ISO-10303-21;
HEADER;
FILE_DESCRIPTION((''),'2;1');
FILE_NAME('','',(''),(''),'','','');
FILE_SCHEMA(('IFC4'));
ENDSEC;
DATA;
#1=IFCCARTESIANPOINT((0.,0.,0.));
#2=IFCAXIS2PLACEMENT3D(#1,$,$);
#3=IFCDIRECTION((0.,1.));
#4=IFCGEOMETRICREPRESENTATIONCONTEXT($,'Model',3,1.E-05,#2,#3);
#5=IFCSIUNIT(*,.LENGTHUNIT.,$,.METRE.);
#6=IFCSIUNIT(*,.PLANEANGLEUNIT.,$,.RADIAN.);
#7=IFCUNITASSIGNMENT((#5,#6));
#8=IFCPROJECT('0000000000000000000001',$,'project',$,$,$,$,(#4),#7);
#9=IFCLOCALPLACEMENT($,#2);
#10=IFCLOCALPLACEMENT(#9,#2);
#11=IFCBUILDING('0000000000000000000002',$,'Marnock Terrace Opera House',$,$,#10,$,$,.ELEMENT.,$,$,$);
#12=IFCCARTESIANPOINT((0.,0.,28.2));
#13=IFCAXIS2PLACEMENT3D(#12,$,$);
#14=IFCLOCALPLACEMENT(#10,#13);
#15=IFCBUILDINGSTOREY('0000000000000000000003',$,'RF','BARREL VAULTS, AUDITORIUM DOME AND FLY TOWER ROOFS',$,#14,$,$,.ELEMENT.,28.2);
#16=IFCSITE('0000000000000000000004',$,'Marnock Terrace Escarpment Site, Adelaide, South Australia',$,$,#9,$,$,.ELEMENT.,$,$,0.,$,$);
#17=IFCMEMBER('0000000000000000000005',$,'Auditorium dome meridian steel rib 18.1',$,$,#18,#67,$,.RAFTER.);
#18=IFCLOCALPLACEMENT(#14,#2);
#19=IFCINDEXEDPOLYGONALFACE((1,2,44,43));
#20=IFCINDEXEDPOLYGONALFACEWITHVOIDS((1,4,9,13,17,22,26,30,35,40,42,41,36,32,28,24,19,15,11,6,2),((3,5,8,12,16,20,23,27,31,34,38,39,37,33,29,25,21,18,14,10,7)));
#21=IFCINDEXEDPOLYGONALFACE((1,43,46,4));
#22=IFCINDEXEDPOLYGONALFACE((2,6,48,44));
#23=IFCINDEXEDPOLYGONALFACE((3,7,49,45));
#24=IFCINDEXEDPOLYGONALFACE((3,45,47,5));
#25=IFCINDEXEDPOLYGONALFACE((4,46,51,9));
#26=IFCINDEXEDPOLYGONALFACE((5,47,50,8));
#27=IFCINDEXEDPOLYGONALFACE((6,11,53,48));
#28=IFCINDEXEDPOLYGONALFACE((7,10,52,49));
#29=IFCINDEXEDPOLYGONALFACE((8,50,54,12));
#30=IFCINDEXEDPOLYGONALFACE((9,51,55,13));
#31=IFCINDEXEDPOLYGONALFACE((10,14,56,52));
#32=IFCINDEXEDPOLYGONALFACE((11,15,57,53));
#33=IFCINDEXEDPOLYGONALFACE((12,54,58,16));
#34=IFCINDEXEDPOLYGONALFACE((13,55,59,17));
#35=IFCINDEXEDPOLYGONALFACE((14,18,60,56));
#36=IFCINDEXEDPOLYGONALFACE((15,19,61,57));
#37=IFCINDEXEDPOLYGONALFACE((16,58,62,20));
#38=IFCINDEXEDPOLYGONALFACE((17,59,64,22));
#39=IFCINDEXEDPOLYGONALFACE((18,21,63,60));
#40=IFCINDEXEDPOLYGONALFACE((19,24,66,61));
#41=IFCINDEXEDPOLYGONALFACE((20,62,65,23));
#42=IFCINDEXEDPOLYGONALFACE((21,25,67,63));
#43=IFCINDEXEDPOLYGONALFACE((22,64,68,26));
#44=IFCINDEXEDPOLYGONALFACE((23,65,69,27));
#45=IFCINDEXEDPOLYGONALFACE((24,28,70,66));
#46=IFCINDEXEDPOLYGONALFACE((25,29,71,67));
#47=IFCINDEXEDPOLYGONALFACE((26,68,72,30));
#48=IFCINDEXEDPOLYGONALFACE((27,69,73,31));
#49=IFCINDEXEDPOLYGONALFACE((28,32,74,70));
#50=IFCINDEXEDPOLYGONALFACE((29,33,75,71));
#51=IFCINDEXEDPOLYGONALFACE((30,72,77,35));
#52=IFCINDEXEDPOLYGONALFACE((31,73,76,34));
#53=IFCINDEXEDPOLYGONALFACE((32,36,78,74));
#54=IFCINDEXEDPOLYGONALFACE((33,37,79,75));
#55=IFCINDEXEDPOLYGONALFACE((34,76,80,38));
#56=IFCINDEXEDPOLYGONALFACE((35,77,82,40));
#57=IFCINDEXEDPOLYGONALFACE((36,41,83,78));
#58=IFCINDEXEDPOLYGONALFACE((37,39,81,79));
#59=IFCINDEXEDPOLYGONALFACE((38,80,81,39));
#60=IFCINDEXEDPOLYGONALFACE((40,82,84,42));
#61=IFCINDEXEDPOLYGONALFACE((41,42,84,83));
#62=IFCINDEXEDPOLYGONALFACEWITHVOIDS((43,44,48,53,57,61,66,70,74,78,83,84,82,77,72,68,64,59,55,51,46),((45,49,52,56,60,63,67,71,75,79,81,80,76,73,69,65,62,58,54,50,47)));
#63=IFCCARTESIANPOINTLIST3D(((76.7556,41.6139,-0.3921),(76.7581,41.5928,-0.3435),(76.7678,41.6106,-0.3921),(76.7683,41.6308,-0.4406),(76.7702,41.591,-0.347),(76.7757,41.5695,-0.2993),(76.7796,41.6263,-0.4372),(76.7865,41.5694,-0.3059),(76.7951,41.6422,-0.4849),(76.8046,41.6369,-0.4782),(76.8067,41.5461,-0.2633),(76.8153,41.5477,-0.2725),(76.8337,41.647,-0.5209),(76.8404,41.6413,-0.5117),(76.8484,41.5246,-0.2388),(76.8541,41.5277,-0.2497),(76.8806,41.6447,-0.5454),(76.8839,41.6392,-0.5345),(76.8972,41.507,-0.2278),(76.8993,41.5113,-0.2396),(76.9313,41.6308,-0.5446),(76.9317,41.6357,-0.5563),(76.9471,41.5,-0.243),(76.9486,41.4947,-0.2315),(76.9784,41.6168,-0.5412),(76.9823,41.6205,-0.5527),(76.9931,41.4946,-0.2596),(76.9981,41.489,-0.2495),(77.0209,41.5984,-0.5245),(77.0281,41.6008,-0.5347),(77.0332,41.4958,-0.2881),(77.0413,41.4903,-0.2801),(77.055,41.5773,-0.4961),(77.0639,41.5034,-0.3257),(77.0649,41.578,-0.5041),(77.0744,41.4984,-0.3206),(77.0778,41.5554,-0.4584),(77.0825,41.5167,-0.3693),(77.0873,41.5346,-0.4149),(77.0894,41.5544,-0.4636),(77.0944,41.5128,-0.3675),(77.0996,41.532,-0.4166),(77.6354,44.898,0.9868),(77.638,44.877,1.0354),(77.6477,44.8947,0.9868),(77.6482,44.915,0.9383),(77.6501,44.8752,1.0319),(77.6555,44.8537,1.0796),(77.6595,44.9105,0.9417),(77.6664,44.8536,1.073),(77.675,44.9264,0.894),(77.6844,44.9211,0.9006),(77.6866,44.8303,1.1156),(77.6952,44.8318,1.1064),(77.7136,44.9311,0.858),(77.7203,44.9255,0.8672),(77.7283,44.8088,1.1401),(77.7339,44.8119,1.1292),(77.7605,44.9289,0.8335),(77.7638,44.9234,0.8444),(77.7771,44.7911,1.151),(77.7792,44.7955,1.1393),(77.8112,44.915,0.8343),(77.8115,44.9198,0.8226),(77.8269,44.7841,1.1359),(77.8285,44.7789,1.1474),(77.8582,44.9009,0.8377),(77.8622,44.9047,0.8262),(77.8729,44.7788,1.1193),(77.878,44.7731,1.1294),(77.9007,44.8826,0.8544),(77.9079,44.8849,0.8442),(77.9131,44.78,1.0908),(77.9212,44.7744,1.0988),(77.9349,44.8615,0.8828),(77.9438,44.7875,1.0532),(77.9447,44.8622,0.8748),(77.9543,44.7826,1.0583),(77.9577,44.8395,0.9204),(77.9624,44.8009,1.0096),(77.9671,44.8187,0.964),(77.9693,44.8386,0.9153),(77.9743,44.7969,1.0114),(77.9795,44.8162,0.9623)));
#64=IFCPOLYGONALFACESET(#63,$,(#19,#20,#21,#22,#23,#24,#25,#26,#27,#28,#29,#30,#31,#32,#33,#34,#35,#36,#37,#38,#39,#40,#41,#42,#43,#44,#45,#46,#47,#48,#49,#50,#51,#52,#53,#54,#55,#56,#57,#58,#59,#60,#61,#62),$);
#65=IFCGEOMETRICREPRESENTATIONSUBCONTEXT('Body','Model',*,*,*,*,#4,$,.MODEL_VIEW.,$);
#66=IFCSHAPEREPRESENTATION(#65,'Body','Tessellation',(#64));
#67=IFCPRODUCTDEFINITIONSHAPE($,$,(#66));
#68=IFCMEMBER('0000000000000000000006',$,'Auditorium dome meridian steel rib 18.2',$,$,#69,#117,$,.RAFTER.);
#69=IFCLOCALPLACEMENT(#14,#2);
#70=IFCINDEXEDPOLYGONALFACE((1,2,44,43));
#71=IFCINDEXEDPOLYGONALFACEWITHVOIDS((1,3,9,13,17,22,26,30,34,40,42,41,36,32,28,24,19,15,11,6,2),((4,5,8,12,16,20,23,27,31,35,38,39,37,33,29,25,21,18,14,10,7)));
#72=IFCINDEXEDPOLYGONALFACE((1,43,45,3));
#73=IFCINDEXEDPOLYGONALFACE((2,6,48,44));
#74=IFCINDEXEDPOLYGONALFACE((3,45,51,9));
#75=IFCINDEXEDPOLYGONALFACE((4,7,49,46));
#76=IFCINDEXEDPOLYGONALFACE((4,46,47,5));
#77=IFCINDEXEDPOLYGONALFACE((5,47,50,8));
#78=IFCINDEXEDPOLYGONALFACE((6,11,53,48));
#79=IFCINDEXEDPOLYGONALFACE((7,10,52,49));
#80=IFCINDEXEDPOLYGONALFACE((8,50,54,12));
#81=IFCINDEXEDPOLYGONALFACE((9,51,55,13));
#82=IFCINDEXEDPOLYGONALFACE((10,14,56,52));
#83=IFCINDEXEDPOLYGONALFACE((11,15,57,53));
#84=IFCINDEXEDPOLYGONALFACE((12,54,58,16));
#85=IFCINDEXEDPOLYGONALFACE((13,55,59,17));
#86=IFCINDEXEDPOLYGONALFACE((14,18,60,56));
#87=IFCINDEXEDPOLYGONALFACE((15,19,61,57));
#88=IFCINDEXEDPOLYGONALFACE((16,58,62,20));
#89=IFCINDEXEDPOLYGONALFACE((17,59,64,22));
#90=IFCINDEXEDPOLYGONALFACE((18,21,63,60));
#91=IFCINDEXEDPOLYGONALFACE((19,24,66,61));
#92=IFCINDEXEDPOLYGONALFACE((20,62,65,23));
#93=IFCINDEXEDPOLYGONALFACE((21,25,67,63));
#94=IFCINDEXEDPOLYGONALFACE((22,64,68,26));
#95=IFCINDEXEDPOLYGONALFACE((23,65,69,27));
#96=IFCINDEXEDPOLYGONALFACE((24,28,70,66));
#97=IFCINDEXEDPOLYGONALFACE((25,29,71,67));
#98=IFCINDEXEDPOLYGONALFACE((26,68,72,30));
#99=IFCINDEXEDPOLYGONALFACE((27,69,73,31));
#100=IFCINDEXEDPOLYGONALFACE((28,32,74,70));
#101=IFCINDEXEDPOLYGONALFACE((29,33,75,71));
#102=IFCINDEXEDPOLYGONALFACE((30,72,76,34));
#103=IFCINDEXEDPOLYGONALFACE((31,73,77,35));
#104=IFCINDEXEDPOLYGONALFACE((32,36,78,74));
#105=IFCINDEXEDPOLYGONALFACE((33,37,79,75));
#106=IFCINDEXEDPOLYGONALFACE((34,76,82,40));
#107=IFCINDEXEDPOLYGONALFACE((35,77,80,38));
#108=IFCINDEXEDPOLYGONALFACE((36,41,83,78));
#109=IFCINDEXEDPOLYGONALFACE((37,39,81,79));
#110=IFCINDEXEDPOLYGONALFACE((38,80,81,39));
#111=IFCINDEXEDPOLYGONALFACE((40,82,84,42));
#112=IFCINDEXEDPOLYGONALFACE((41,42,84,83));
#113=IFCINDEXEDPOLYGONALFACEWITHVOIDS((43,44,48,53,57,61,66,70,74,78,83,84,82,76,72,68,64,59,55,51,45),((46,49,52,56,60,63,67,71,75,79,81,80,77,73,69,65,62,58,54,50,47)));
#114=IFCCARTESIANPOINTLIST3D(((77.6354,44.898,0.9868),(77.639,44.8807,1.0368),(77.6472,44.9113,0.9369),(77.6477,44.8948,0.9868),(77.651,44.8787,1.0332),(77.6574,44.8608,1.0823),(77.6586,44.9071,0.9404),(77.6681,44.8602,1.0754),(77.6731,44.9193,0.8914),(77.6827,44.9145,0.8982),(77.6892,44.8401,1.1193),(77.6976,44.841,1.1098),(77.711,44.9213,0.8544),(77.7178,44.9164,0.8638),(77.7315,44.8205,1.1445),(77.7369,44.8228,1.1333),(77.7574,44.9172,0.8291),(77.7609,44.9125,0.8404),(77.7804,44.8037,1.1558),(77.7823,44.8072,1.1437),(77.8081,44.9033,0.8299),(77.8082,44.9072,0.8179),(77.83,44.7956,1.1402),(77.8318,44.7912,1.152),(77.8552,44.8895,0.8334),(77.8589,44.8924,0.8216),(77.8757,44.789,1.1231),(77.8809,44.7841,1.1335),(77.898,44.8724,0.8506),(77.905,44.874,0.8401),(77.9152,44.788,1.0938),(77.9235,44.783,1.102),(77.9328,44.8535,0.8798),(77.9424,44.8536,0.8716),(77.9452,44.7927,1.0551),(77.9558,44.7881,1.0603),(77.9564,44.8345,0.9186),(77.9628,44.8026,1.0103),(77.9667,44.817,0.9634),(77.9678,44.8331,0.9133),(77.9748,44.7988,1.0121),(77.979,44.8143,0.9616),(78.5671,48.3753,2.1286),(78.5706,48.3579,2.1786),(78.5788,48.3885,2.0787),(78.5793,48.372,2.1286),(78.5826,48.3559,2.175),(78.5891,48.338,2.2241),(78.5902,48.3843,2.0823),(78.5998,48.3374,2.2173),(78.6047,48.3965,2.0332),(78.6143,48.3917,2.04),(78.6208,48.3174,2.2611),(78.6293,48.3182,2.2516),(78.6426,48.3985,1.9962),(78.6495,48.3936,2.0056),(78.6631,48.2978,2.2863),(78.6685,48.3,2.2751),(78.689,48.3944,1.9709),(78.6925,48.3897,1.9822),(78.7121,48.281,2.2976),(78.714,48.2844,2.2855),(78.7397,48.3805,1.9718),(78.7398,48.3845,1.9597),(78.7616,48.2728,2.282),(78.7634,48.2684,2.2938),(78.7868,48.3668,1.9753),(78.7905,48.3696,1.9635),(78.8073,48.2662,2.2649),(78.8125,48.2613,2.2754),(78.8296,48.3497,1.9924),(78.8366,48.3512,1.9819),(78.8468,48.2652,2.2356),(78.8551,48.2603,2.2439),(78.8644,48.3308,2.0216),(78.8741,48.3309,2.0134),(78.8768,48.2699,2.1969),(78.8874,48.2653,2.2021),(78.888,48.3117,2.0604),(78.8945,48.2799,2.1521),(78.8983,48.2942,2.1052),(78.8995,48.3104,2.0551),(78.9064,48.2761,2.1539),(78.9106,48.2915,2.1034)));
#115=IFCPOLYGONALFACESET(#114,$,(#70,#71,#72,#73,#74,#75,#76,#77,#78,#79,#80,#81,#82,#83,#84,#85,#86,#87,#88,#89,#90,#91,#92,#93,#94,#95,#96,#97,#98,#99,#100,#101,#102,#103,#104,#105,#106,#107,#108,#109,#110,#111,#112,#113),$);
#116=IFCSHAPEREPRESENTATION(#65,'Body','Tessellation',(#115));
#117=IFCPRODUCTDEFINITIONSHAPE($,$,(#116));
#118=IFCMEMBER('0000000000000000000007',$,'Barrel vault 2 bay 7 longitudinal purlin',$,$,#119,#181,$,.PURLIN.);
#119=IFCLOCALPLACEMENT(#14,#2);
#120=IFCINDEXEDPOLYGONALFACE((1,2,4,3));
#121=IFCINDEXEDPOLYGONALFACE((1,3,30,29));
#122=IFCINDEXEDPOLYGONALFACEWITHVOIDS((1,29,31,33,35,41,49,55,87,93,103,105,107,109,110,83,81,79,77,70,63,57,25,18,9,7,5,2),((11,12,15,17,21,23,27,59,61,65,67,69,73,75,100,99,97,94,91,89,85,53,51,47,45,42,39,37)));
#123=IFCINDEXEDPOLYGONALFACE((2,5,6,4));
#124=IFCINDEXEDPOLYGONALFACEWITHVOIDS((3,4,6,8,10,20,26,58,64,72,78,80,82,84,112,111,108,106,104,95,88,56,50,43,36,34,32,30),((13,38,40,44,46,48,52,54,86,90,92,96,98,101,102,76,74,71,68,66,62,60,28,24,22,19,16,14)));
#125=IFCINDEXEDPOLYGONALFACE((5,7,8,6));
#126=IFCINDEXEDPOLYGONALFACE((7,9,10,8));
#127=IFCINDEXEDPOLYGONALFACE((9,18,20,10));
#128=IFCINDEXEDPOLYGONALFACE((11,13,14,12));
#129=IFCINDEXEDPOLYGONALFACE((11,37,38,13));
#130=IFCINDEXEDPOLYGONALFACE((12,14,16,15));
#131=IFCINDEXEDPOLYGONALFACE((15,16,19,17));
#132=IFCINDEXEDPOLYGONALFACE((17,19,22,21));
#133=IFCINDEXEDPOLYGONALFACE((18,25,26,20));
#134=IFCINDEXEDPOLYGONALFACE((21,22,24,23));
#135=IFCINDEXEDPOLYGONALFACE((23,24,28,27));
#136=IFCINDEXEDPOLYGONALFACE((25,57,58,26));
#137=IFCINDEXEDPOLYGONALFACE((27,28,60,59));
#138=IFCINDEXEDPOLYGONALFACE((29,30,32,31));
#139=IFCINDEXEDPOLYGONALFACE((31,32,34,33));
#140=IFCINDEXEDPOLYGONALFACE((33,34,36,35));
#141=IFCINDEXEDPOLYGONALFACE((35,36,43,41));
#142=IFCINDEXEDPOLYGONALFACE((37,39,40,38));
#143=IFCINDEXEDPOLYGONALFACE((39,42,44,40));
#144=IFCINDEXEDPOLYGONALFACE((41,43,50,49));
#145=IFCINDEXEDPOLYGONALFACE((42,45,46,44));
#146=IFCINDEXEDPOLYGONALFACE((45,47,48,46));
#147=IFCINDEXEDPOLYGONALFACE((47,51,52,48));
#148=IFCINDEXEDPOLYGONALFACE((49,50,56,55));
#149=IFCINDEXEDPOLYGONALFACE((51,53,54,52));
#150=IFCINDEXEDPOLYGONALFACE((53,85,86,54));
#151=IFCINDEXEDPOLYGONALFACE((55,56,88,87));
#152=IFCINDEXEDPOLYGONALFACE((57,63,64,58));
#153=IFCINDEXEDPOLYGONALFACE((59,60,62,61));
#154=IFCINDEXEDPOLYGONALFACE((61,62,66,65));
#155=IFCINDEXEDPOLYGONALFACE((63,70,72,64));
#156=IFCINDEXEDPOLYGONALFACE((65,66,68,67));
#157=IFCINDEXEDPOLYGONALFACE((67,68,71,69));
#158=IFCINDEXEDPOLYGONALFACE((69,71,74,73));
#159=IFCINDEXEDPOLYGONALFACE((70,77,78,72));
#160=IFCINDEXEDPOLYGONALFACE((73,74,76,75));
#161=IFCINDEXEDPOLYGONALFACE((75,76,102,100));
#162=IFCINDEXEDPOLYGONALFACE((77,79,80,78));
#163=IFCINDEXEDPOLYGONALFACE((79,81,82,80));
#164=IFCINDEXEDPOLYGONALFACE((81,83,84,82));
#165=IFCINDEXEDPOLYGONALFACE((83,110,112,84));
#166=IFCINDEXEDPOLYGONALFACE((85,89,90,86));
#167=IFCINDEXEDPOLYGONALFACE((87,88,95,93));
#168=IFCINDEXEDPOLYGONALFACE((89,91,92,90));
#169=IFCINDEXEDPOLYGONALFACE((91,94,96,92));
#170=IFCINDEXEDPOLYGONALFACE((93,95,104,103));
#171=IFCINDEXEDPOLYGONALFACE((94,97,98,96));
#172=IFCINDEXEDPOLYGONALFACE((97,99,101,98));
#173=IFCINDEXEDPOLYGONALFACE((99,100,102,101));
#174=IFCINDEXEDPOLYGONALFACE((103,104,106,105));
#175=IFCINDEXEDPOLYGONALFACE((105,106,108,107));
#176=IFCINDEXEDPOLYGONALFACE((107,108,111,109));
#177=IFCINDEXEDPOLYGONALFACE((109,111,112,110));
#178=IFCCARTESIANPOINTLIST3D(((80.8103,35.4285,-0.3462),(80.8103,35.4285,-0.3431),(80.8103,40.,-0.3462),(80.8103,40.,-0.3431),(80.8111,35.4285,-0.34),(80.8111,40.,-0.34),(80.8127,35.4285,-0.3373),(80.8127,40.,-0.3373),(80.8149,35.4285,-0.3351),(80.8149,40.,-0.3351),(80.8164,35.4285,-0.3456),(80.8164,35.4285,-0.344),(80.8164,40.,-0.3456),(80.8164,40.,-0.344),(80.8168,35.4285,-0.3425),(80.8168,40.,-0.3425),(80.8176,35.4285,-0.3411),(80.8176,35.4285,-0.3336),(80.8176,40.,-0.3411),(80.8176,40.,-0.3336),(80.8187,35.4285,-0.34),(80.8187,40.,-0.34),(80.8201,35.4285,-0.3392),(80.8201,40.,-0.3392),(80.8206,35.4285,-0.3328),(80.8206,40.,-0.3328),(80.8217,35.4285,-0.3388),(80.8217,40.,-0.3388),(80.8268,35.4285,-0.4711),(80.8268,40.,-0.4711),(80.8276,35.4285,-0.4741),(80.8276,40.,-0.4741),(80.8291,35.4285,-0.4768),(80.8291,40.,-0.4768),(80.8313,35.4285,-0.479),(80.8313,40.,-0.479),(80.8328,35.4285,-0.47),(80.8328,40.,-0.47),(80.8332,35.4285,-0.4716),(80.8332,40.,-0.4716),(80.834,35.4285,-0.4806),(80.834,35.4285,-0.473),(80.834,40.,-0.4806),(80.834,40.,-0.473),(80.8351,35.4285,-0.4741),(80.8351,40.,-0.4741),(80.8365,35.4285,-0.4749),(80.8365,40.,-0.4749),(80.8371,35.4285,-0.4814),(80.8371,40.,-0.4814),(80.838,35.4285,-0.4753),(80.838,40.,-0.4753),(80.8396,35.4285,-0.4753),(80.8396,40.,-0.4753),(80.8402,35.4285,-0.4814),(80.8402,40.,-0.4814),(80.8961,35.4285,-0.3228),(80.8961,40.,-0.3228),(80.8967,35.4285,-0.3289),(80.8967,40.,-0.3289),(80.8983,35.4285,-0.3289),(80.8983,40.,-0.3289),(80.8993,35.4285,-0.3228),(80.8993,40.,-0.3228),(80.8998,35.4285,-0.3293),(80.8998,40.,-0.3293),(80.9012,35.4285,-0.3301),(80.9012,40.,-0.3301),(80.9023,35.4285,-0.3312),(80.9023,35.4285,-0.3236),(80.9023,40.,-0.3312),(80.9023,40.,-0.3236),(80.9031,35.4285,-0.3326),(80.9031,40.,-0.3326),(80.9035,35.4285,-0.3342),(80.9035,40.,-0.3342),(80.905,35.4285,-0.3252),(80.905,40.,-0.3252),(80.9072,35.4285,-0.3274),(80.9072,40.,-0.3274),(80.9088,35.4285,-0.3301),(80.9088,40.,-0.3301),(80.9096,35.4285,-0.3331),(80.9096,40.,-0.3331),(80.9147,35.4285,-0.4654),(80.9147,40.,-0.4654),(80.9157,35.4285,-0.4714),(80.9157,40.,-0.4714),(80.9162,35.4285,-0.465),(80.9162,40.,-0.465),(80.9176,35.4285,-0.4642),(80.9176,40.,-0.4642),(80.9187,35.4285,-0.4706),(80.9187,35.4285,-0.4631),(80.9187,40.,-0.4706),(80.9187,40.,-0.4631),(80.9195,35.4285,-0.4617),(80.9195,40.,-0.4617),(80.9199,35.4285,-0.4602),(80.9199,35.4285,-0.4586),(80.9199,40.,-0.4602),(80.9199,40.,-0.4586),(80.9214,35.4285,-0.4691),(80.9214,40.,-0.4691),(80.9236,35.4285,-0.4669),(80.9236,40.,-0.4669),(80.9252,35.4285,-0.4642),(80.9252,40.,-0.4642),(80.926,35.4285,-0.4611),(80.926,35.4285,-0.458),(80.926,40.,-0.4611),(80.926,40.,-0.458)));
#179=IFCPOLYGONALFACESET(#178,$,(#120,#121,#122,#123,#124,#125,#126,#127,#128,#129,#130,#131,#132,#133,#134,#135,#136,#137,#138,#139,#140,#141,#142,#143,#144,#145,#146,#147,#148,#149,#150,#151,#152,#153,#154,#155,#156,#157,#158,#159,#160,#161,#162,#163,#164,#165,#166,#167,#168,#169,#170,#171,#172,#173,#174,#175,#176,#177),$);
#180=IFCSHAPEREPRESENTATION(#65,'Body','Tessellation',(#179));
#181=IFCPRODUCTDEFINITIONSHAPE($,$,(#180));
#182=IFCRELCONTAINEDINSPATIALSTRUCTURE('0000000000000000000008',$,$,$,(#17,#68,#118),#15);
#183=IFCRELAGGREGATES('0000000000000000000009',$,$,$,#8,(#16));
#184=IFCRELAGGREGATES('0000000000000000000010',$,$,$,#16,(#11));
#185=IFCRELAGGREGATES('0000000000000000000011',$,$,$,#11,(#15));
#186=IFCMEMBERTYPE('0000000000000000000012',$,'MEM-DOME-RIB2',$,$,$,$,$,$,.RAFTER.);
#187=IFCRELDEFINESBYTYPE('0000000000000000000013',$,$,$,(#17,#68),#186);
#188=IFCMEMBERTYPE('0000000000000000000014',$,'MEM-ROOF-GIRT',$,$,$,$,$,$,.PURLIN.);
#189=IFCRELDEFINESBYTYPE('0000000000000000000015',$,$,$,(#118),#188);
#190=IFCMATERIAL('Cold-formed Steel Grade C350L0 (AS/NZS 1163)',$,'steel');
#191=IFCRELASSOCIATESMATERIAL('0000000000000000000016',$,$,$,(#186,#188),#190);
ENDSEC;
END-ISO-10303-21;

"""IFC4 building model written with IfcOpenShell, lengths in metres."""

from ifc_helpers import new_model, si_unit, direction, frame, origin, origin_2d, place, context, subcontext, project, spatial, hollow_rectangle, hollow_circle, extrude, material, material_profile, profile_set, type_object, element, save


model = new_model("IFC4")

# Units and contexts
model_context = context("Model", 3, precision=1e-05, world=origin(), true_north=direction((0.0, 1.0)))
body_context = subcontext(model_context, "Body", "Model", "MODEL_VIEW")
ifc_project = project(units=[si_unit("LENGTHUNIT", "METRE"), si_unit("PLANEANGLEUNIT", "RADIAN")], contexts=[model_context])

# Site, building, storey
site_placement = place(None, origin())
site = spatial("IfcSite", under=ifc_project, at=site_placement, Name="Marnock Terrace Escarpment Site, Adelaide, South Australia", CompositionType="ELEMENT", RefElevation=0.0)
building_placement = place(site_placement, origin())
building = spatial("IfcBuilding", under=site, at=building_placement, Name="Marnock Terrace Opera House", CompositionType="ELEMENT")
storey_placement = place(building_placement, frame((0.0, 0.0, 28.2)))
storey = spatial("IfcBuildingStorey", under=building, at=storey_placement, Name="RF", Description="BARREL VAULTS, AUDITORIUM DOME AND FLY TOWER ROOFS", CompositionType="ELEMENT", Elevation=28.2)

# Members
ifc_material_1 = material(Name="Cold-formed Steel Grade C350L0 (AS/NZS 1163)", Category="steel")
ifc_material_profile_1 = material_profile(ifc_material_1, hollow_circle(Radius=0.1777, WallThickness=0.0127, at=origin_2d()))
ifc_profile_set_1 = profile_set([ifc_material_profile_1], Name="Cold-formed Steel Grade C350L0 (AS/NZS 1163)")
member_type_1 = type_object("IfcMemberType", Name="MEM-DOME-RIB2", PredefinedType="RAFTER", material=ifc_profile_set_1)
member_1_placement = place(storey_placement, frame((76.9272, 41.5679, -0.3921), z_axis=(0.239817, 0.895121, 0.375828), x_axis=(-0.965934, 0.258789, 0.0)))
element("IfcMember", 1, at=member_1_placement, inside=storey, type_object=member_type_1, Name="Auditorium dome meridian steel rib 18.1", PredefinedType="RAFTER", context=body_context, shape_type="SweptSolid", body=[
    extrude(hollow_circle(Radius=0.1777, WallThickness=0.0127, at=origin_2d()), origin(), (0.0, 0.0, 1.0), 3.6689),
])
member_2_placement = place(storey_placement, frame((77.8071, 44.8521, 0.9868), z_axis=(0.246682, 0.920727, 0.302341), x_axis=(-0.965933, 0.258794, 0.0)))
element("IfcMember", 2, at=member_2_placement, inside=storey, type_object=member_type_1, Name="Auditorium dome meridian steel rib 18.2", PredefinedType="RAFTER", context=body_context, shape_type="SweptSolid", body=[
    extrude(hollow_circle(Radius=0.1777, WallThickness=0.0127, at=origin_2d()), origin(), (0.0, 0.0, 1.0), 3.7766),
])
ifc_material_profile_2 = material_profile(ifc_material_1, hollow_rectangle(XDim=0.1001, YDim=0.1499, WallThickness=0.0061, InnerFilletRadius=0.0061, OuterFilletRadius=0.012, at=origin_2d()))
ifc_profile_set_2 = profile_set([ifc_material_profile_2], Name="Cold-formed Steel Grade C350L0 (AS/NZS 1163)")
member_type_2 = type_object("IfcMemberType", Name="MEM-ROOF-GIRT", PredefinedType="PURLIN", material=ifc_profile_set_2)
member_3_placement = place(storey_placement, frame((80.8682, 35.4285, -0.4021), z_axis=(0.0, 1.0, 0.0), x_axis=(-0.991445, 0.0, -0.130526)))
element("IfcMember", 3, at=member_3_placement, inside=storey, type_object=member_type_2, Name="Barrel vault 2 bay 7 longitudinal purlin", PredefinedType="PURLIN", context=body_context, shape_type="SweptSolid", body=[
    extrude(hollow_rectangle(XDim=0.1001, YDim=0.1499, WallThickness=0.0061, InnerFilletRadius=0.0061, OuterFilletRadius=0.012, at=origin_2d()), origin(), (0.0, 0.0, 1.0), 4.5715),
])

save(model, "model.ifc")
